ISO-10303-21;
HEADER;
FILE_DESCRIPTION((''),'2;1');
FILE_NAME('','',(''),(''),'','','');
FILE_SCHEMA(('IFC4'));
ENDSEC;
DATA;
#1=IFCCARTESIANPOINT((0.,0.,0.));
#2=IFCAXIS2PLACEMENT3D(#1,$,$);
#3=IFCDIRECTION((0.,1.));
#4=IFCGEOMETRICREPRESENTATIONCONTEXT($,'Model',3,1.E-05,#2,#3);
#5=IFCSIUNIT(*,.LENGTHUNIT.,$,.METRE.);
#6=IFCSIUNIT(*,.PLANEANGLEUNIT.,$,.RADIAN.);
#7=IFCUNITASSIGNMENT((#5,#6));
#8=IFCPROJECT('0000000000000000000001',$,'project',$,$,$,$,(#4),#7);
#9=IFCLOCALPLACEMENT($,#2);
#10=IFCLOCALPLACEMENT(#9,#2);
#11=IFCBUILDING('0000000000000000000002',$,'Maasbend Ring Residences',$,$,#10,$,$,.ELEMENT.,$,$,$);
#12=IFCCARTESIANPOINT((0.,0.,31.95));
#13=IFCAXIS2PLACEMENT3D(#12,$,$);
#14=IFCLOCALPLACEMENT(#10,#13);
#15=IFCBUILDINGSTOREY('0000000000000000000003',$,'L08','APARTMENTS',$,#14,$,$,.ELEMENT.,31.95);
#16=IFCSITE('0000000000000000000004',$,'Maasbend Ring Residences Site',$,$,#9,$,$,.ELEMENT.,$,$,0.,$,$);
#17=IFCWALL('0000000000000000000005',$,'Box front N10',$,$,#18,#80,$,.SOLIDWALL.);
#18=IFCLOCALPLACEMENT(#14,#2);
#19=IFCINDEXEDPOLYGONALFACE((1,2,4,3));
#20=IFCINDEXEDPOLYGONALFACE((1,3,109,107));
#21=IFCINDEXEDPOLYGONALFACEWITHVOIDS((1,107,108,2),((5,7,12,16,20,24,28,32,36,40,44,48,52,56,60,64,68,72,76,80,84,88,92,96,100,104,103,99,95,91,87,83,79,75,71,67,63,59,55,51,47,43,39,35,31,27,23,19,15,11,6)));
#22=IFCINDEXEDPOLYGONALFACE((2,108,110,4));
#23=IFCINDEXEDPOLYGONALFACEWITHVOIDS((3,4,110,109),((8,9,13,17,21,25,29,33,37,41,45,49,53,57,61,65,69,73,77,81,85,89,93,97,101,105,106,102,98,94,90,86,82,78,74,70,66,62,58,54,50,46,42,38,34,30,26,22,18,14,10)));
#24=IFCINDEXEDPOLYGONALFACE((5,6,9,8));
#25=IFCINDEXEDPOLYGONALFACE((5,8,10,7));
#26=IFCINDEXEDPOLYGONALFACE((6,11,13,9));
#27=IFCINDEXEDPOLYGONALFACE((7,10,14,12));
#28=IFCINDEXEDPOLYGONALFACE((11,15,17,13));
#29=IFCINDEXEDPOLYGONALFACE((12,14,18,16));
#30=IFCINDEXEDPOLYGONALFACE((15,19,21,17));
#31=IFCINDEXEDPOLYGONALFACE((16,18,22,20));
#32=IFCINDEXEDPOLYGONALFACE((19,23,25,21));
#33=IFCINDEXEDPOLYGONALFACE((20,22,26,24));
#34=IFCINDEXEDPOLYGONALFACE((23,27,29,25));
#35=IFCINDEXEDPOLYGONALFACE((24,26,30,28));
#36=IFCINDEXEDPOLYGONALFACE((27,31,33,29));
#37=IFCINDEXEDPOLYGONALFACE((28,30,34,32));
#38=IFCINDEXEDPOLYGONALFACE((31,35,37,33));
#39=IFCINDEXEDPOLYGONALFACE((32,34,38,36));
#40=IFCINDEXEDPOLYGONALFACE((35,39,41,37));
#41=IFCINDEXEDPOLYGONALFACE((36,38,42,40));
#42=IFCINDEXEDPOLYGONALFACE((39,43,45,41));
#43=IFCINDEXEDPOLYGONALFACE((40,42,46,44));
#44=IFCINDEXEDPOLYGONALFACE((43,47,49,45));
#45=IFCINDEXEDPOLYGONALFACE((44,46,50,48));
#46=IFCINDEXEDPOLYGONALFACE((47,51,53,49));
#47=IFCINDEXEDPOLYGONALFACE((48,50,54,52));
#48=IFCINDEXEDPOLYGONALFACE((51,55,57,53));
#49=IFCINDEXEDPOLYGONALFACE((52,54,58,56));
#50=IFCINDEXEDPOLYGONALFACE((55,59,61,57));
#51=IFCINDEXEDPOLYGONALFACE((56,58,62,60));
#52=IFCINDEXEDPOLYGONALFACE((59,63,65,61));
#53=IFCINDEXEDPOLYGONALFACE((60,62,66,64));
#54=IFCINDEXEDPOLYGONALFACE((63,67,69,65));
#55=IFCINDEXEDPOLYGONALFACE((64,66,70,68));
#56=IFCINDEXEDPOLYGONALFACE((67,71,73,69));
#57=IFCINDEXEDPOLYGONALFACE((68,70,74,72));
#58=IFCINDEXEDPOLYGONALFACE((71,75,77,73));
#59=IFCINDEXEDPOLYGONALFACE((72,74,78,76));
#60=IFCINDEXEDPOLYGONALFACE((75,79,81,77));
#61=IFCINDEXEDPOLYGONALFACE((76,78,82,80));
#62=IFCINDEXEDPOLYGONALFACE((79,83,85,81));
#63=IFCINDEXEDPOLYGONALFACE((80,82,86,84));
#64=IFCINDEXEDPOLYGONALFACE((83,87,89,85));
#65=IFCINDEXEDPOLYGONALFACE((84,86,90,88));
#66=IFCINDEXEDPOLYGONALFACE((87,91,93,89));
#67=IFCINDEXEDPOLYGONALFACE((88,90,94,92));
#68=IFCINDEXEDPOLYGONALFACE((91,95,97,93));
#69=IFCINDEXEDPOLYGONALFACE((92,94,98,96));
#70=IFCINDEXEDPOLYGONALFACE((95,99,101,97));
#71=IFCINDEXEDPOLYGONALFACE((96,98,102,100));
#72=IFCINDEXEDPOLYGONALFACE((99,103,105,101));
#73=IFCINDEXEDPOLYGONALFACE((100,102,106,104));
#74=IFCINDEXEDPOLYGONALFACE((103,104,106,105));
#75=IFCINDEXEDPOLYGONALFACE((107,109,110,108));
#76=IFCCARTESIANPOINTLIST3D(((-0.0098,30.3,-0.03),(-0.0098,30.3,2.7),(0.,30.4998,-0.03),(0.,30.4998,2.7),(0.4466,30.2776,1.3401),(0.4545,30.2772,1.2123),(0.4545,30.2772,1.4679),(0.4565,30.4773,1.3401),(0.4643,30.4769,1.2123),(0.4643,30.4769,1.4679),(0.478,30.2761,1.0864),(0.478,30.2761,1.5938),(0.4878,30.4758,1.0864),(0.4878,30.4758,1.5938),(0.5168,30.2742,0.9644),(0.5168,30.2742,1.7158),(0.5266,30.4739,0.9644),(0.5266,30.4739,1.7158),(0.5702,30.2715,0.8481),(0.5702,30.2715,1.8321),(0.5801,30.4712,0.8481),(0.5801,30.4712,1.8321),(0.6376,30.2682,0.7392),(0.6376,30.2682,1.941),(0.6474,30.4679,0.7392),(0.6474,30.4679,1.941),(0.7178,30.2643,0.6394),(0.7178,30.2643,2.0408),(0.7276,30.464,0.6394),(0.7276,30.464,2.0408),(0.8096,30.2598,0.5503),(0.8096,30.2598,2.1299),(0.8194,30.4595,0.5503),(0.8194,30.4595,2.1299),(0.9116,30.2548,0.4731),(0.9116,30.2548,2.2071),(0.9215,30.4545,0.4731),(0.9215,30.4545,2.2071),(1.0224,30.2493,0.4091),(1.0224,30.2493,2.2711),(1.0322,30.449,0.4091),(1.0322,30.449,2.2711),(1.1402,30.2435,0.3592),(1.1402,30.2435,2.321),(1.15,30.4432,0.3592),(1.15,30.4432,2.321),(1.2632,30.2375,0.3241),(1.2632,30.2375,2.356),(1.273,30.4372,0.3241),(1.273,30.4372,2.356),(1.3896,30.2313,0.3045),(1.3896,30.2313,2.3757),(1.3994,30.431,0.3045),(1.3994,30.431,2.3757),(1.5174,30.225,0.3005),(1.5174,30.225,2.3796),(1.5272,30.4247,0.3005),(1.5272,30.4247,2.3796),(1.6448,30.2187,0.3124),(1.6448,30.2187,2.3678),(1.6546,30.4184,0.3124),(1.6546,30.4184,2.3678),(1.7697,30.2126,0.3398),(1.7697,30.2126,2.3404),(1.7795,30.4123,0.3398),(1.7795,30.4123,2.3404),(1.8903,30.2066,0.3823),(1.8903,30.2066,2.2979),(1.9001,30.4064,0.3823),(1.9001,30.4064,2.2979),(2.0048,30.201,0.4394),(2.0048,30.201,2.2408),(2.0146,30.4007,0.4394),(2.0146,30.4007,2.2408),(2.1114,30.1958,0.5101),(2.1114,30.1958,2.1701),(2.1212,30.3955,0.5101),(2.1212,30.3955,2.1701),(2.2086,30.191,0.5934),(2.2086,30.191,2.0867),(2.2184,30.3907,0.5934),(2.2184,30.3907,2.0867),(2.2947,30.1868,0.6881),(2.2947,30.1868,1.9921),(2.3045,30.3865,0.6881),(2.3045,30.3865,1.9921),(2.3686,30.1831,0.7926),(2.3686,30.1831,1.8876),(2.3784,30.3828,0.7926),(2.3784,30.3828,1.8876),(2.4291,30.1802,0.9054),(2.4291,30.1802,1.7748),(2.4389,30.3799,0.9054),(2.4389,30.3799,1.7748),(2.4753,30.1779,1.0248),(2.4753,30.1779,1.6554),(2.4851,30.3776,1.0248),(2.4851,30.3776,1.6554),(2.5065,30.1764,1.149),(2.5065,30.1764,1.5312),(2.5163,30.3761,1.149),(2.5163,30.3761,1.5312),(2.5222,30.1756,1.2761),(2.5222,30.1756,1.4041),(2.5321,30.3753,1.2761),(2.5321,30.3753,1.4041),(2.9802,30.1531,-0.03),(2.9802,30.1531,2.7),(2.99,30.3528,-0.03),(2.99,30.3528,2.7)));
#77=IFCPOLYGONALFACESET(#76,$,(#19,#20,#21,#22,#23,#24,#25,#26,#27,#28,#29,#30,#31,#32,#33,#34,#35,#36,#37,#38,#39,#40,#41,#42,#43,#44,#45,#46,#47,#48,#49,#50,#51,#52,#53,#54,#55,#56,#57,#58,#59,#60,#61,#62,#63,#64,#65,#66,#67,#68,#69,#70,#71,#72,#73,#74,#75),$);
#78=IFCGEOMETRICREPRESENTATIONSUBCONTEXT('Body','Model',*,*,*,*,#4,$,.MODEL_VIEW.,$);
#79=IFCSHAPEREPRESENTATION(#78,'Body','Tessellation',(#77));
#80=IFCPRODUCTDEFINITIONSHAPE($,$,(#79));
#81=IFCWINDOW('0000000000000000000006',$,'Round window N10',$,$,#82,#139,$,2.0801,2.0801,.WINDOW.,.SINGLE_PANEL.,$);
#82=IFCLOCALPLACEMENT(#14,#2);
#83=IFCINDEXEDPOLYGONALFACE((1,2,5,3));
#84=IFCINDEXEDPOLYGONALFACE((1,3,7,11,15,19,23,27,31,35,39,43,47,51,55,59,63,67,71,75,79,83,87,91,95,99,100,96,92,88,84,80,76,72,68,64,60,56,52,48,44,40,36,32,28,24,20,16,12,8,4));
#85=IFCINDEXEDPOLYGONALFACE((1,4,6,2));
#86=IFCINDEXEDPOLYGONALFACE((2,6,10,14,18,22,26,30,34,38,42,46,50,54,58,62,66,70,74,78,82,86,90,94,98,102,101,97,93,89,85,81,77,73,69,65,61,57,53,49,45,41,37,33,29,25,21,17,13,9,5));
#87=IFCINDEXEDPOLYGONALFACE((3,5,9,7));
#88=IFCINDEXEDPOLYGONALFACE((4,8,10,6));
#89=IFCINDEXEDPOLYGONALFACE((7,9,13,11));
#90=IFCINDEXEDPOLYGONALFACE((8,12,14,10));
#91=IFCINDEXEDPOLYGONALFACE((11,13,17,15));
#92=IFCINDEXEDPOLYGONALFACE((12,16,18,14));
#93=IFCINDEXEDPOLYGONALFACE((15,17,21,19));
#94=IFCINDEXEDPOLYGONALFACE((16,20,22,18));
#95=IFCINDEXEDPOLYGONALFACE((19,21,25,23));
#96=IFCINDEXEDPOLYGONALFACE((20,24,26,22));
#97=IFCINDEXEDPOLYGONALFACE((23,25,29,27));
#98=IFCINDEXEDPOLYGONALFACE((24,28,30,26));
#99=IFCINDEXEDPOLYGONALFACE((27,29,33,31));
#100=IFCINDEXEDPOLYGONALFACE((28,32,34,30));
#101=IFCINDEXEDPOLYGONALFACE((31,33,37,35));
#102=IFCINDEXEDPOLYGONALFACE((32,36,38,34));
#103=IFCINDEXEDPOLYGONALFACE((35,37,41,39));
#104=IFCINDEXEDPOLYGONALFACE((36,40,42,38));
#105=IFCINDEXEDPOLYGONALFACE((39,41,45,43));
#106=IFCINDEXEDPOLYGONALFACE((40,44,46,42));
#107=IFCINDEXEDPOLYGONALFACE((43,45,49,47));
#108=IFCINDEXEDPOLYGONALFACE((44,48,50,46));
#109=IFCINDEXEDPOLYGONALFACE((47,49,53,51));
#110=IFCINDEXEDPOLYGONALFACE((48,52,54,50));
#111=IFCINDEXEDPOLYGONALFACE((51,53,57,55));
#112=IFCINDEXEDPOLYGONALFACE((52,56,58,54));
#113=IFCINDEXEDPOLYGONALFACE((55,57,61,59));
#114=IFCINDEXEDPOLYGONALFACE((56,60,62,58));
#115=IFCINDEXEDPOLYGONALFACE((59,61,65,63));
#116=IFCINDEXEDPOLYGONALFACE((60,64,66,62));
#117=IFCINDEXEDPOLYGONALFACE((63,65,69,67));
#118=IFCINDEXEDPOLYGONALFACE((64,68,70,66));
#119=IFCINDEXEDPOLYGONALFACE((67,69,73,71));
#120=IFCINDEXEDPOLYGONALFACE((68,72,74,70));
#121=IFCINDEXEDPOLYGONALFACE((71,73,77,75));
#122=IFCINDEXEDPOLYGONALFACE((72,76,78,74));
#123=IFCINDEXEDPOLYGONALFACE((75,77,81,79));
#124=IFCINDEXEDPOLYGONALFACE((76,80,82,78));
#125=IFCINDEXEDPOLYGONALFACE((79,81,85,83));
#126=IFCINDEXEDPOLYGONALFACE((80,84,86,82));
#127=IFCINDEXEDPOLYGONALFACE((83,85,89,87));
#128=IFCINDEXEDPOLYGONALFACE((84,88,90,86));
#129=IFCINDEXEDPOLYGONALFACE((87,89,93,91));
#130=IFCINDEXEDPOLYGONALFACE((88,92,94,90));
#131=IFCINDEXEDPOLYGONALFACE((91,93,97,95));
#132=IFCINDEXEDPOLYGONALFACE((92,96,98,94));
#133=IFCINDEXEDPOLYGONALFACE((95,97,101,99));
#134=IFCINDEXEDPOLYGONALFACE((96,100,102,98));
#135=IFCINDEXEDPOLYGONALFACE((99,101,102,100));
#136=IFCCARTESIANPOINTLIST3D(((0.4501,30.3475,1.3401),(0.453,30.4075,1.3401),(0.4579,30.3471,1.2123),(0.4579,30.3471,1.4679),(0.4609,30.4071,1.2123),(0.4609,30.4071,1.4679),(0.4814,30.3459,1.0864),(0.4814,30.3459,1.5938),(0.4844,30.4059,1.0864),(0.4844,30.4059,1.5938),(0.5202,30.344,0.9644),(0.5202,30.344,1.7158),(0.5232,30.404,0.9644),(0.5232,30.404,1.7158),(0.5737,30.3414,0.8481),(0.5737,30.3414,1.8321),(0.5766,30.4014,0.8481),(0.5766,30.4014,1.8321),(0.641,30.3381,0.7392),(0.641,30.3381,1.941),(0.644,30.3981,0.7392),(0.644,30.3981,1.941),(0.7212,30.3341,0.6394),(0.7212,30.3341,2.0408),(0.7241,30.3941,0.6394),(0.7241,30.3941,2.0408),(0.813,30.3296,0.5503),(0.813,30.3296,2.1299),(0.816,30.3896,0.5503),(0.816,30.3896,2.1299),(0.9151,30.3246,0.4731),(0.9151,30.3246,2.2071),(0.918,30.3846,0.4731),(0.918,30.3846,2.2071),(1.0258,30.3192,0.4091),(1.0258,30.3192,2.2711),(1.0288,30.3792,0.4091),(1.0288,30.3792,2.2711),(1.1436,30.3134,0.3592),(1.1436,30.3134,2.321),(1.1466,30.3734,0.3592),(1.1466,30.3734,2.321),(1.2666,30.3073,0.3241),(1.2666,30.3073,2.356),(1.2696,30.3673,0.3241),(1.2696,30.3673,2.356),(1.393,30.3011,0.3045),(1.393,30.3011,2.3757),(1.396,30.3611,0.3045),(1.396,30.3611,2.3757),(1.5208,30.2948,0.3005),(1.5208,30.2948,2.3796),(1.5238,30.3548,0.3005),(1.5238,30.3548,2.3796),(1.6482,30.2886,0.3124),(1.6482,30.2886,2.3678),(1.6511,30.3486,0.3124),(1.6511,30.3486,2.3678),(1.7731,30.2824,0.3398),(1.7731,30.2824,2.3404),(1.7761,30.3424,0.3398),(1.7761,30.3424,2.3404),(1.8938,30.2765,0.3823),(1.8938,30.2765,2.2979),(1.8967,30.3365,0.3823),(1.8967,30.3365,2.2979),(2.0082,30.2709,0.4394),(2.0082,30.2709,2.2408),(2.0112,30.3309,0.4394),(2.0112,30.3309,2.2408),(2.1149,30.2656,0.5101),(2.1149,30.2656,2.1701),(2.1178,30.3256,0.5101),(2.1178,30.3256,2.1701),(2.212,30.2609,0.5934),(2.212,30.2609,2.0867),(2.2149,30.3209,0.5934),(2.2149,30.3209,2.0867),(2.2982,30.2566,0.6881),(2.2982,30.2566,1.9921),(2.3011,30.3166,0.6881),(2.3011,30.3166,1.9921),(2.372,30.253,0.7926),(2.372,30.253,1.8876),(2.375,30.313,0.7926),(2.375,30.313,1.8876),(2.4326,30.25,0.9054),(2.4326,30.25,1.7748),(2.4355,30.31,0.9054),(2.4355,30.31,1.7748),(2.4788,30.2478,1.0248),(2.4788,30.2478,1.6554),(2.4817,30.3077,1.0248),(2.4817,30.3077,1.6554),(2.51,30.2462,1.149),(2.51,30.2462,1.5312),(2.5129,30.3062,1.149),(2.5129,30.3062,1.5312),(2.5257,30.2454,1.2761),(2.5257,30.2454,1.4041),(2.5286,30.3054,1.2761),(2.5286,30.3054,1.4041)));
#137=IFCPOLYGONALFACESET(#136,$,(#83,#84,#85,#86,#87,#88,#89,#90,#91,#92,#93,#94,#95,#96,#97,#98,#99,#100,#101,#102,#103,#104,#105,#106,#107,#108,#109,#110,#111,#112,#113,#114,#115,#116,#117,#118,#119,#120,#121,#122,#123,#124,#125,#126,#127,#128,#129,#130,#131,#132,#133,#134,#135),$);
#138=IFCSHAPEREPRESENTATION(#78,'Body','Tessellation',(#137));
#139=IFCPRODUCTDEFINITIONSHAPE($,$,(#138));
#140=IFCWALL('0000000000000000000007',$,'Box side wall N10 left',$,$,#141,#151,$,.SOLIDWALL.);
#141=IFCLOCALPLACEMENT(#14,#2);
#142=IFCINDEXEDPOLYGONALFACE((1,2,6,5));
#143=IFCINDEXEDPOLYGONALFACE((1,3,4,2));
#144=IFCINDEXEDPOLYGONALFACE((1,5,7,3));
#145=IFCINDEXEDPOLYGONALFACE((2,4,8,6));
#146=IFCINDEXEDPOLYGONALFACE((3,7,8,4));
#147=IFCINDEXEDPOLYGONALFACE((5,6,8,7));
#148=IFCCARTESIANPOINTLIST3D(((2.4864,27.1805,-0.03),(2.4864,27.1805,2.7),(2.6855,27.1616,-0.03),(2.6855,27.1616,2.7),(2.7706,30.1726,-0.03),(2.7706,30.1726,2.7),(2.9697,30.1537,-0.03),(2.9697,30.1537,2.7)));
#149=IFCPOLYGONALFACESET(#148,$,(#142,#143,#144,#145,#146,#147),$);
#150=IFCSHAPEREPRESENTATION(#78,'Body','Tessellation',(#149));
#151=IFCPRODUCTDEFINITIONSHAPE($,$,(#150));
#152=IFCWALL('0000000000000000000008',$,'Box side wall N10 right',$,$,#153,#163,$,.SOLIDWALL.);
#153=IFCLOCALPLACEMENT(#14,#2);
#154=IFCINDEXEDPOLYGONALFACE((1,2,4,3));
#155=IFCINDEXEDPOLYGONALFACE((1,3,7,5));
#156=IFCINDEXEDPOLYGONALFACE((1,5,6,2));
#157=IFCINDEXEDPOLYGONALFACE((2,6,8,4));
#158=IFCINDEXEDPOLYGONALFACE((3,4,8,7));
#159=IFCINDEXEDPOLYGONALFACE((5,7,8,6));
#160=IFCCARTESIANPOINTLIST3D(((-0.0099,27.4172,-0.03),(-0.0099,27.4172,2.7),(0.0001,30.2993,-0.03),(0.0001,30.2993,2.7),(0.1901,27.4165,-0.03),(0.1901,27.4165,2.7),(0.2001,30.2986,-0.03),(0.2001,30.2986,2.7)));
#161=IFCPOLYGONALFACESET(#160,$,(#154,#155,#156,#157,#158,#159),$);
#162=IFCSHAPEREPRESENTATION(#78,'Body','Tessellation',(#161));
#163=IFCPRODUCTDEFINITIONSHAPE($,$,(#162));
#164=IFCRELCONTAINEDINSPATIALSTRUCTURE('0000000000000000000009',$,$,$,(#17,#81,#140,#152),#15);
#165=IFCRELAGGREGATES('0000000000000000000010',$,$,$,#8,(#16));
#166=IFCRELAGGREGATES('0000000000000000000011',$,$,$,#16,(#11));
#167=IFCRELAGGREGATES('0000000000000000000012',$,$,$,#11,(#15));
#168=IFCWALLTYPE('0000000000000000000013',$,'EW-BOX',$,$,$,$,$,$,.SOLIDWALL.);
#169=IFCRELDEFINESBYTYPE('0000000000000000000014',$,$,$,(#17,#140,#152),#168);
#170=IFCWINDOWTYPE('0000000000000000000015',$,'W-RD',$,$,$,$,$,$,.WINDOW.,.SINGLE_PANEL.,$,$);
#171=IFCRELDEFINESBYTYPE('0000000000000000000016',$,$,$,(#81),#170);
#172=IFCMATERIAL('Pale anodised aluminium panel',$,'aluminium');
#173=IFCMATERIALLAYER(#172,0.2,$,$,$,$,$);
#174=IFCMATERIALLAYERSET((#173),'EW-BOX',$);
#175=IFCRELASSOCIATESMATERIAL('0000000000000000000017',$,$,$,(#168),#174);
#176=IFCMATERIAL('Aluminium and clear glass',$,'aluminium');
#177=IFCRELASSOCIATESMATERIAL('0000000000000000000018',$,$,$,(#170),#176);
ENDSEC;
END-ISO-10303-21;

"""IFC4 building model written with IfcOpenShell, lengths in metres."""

from ifc_helpers import new_model, si_unit, direction, frame, frame_2d, origin, place, context, subcontext, project, spatial, rectangle, circle, extrude, material, layer, layer_set, type_object, element, fill, save


model = new_model("IFC4")

# Units and contexts
model_context = context("Model", 3, precision=1e-05, world=origin(), true_north=direction((0.0, 1.0)))
body_context = subcontext(model_context, "Body", "Model", "MODEL_VIEW")
ifc_project = project(units=[si_unit("LENGTHUNIT", "METRE"), si_unit("PLANEANGLEUNIT", "RADIAN")], contexts=[model_context])

# Site, building, storey
site_placement = place(None, origin())
site = spatial("IfcSite", under=ifc_project, at=site_placement, Name="Maasbend Ring Residences Site", CompositionType="ELEMENT", RefElevation=0.0)
building_placement = place(site_placement, origin())
building = spatial("IfcBuilding", under=site, at=building_placement, Name="Maasbend Ring Residences", CompositionType="ELEMENT")
storey_placement = place(building_placement, frame((0.0, 0.0, 31.95)))
storey = spatial("IfcBuildingStorey", under=building, at=storey_placement, Name="L08", Description="APARTMENTS", CompositionType="ELEMENT", Elevation=31.95)

# Shared definitions
ifc_material_1 = material(Name="Pale anodised aluminium panel", Category="aluminium")
ifc_layer_1 = layer(ifc_material_1, 0.2)
ifc_layer_set_1 = layer_set([ifc_layer_1], Name="EW-BOX")
wall_type_1 = type_object("IfcWallType", Name="EW-BOX", PredefinedType="SOLIDWALL", material=ifc_layer_set_1)
ifc_material_2 = material(Name="Aluminium and clear glass", Category="aluminium")
window_type_1 = type_object("IfcWindowType", Name="W-RD", PartitioningType="SINGLE_PANEL", PredefinedType="WINDOW", material=ifc_material_2)

# Wall, opening, window
wall_1_placement = place(storey_placement, frame((2.9851, 30.2529, -0.03), z_axis=(0.0, 0.0, 1.0), x_axis=(-0.998794, 0.049096, 0.0)))
wall_1 = element("IfcWall", 1, at=wall_1_placement, inside=storey, type_object=wall_type_1, Name="Box front N10", PredefinedType="SOLIDWALL", context=body_context, shape_type="SweptSolid", body=[
    extrude(rectangle(XDim=2.9937, YDim=0.2, at=frame_2d((1.4968, 0.0))), origin(), (0.0, 0.0, 1.0), 2.73),
])
opening_1_placement = place(wall_1_placement, frame((0.4565, 0.0, 0.3301)))
opening_1 = element("IfcOpeningElement", 2, at=opening_1_placement, cuts=wall_1, PredefinedType="OPENING", context=body_context, shape_type="SweptSolid", body=[
    extrude(circle(Radius=1.04, at=frame_2d((1.04, 1.04))), frame((0.0, 0.1099, 0.0), z_axis=(0.0, -1.0, 0.0), x_axis=(1.0, 0.0, 0.0)), (0.0, 0.0, 1.0), 0.22),
])
window_1_placement = place(opening_1_placement, origin())
window_1 = element("IfcWindow", 3, at=window_1_placement, inside=storey, type_object=window_type_1, Name="Round window N10", OverallHeight=2.0801, OverallWidth=2.0801, PartitioningType="SINGLE_PANEL", PredefinedType="WINDOW", context=body_context, shape_type="SweptSolid", body=[
    extrude(circle(Radius=1.04, at=frame_2d((1.04, 1.04))), frame((0.0, 0.03, 0.0), z_axis=(0.0, -1.0, 0.0), x_axis=(1.0, 0.0, 0.0)), (0.0, 0.0, 1.0), 0.0601),
])
fill(opening_1, window_1)

# Walls
wall_2_placement = place(storey_placement, frame((2.5859, 27.1709, -0.03), z_axis=(0.0, 0.0, 1.0), x_axis=(0.094548, 0.99552, 0.0)))
element("IfcWall", 4, at=wall_2_placement, inside=storey, type_object=wall_type_1, Name="Box side wall N10 left", PredefinedType="SOLIDWALL", context=body_context, shape_type="SweptSolid", body=[
    extrude(rectangle(XDim=3.0056, YDim=0.2, at=frame_2d((1.5029, 0.0))), origin(), (0.0, 0.0, 1.0), 2.73),
])
wall_3_placement = place(storey_placement, frame((0.0901, 27.417, -0.03), z_axis=(0.0, 0.0, 1.0), x_axis=(0.003473, 0.999994, 0.0)))
element("IfcWall", 5, at=wall_3_placement, inside=storey, type_object=wall_type_1, Name="Box side wall N10 right", PredefinedType="SOLIDWALL", context=body_context, shape_type="SweptSolid", body=[
    extrude(rectangle(XDim=2.8821, YDim=0.2, at=frame_2d((1.4409, 0.0))), origin(), (0.0, 0.0, 1.0), 2.73),
])

save(model, "model.ifc")
